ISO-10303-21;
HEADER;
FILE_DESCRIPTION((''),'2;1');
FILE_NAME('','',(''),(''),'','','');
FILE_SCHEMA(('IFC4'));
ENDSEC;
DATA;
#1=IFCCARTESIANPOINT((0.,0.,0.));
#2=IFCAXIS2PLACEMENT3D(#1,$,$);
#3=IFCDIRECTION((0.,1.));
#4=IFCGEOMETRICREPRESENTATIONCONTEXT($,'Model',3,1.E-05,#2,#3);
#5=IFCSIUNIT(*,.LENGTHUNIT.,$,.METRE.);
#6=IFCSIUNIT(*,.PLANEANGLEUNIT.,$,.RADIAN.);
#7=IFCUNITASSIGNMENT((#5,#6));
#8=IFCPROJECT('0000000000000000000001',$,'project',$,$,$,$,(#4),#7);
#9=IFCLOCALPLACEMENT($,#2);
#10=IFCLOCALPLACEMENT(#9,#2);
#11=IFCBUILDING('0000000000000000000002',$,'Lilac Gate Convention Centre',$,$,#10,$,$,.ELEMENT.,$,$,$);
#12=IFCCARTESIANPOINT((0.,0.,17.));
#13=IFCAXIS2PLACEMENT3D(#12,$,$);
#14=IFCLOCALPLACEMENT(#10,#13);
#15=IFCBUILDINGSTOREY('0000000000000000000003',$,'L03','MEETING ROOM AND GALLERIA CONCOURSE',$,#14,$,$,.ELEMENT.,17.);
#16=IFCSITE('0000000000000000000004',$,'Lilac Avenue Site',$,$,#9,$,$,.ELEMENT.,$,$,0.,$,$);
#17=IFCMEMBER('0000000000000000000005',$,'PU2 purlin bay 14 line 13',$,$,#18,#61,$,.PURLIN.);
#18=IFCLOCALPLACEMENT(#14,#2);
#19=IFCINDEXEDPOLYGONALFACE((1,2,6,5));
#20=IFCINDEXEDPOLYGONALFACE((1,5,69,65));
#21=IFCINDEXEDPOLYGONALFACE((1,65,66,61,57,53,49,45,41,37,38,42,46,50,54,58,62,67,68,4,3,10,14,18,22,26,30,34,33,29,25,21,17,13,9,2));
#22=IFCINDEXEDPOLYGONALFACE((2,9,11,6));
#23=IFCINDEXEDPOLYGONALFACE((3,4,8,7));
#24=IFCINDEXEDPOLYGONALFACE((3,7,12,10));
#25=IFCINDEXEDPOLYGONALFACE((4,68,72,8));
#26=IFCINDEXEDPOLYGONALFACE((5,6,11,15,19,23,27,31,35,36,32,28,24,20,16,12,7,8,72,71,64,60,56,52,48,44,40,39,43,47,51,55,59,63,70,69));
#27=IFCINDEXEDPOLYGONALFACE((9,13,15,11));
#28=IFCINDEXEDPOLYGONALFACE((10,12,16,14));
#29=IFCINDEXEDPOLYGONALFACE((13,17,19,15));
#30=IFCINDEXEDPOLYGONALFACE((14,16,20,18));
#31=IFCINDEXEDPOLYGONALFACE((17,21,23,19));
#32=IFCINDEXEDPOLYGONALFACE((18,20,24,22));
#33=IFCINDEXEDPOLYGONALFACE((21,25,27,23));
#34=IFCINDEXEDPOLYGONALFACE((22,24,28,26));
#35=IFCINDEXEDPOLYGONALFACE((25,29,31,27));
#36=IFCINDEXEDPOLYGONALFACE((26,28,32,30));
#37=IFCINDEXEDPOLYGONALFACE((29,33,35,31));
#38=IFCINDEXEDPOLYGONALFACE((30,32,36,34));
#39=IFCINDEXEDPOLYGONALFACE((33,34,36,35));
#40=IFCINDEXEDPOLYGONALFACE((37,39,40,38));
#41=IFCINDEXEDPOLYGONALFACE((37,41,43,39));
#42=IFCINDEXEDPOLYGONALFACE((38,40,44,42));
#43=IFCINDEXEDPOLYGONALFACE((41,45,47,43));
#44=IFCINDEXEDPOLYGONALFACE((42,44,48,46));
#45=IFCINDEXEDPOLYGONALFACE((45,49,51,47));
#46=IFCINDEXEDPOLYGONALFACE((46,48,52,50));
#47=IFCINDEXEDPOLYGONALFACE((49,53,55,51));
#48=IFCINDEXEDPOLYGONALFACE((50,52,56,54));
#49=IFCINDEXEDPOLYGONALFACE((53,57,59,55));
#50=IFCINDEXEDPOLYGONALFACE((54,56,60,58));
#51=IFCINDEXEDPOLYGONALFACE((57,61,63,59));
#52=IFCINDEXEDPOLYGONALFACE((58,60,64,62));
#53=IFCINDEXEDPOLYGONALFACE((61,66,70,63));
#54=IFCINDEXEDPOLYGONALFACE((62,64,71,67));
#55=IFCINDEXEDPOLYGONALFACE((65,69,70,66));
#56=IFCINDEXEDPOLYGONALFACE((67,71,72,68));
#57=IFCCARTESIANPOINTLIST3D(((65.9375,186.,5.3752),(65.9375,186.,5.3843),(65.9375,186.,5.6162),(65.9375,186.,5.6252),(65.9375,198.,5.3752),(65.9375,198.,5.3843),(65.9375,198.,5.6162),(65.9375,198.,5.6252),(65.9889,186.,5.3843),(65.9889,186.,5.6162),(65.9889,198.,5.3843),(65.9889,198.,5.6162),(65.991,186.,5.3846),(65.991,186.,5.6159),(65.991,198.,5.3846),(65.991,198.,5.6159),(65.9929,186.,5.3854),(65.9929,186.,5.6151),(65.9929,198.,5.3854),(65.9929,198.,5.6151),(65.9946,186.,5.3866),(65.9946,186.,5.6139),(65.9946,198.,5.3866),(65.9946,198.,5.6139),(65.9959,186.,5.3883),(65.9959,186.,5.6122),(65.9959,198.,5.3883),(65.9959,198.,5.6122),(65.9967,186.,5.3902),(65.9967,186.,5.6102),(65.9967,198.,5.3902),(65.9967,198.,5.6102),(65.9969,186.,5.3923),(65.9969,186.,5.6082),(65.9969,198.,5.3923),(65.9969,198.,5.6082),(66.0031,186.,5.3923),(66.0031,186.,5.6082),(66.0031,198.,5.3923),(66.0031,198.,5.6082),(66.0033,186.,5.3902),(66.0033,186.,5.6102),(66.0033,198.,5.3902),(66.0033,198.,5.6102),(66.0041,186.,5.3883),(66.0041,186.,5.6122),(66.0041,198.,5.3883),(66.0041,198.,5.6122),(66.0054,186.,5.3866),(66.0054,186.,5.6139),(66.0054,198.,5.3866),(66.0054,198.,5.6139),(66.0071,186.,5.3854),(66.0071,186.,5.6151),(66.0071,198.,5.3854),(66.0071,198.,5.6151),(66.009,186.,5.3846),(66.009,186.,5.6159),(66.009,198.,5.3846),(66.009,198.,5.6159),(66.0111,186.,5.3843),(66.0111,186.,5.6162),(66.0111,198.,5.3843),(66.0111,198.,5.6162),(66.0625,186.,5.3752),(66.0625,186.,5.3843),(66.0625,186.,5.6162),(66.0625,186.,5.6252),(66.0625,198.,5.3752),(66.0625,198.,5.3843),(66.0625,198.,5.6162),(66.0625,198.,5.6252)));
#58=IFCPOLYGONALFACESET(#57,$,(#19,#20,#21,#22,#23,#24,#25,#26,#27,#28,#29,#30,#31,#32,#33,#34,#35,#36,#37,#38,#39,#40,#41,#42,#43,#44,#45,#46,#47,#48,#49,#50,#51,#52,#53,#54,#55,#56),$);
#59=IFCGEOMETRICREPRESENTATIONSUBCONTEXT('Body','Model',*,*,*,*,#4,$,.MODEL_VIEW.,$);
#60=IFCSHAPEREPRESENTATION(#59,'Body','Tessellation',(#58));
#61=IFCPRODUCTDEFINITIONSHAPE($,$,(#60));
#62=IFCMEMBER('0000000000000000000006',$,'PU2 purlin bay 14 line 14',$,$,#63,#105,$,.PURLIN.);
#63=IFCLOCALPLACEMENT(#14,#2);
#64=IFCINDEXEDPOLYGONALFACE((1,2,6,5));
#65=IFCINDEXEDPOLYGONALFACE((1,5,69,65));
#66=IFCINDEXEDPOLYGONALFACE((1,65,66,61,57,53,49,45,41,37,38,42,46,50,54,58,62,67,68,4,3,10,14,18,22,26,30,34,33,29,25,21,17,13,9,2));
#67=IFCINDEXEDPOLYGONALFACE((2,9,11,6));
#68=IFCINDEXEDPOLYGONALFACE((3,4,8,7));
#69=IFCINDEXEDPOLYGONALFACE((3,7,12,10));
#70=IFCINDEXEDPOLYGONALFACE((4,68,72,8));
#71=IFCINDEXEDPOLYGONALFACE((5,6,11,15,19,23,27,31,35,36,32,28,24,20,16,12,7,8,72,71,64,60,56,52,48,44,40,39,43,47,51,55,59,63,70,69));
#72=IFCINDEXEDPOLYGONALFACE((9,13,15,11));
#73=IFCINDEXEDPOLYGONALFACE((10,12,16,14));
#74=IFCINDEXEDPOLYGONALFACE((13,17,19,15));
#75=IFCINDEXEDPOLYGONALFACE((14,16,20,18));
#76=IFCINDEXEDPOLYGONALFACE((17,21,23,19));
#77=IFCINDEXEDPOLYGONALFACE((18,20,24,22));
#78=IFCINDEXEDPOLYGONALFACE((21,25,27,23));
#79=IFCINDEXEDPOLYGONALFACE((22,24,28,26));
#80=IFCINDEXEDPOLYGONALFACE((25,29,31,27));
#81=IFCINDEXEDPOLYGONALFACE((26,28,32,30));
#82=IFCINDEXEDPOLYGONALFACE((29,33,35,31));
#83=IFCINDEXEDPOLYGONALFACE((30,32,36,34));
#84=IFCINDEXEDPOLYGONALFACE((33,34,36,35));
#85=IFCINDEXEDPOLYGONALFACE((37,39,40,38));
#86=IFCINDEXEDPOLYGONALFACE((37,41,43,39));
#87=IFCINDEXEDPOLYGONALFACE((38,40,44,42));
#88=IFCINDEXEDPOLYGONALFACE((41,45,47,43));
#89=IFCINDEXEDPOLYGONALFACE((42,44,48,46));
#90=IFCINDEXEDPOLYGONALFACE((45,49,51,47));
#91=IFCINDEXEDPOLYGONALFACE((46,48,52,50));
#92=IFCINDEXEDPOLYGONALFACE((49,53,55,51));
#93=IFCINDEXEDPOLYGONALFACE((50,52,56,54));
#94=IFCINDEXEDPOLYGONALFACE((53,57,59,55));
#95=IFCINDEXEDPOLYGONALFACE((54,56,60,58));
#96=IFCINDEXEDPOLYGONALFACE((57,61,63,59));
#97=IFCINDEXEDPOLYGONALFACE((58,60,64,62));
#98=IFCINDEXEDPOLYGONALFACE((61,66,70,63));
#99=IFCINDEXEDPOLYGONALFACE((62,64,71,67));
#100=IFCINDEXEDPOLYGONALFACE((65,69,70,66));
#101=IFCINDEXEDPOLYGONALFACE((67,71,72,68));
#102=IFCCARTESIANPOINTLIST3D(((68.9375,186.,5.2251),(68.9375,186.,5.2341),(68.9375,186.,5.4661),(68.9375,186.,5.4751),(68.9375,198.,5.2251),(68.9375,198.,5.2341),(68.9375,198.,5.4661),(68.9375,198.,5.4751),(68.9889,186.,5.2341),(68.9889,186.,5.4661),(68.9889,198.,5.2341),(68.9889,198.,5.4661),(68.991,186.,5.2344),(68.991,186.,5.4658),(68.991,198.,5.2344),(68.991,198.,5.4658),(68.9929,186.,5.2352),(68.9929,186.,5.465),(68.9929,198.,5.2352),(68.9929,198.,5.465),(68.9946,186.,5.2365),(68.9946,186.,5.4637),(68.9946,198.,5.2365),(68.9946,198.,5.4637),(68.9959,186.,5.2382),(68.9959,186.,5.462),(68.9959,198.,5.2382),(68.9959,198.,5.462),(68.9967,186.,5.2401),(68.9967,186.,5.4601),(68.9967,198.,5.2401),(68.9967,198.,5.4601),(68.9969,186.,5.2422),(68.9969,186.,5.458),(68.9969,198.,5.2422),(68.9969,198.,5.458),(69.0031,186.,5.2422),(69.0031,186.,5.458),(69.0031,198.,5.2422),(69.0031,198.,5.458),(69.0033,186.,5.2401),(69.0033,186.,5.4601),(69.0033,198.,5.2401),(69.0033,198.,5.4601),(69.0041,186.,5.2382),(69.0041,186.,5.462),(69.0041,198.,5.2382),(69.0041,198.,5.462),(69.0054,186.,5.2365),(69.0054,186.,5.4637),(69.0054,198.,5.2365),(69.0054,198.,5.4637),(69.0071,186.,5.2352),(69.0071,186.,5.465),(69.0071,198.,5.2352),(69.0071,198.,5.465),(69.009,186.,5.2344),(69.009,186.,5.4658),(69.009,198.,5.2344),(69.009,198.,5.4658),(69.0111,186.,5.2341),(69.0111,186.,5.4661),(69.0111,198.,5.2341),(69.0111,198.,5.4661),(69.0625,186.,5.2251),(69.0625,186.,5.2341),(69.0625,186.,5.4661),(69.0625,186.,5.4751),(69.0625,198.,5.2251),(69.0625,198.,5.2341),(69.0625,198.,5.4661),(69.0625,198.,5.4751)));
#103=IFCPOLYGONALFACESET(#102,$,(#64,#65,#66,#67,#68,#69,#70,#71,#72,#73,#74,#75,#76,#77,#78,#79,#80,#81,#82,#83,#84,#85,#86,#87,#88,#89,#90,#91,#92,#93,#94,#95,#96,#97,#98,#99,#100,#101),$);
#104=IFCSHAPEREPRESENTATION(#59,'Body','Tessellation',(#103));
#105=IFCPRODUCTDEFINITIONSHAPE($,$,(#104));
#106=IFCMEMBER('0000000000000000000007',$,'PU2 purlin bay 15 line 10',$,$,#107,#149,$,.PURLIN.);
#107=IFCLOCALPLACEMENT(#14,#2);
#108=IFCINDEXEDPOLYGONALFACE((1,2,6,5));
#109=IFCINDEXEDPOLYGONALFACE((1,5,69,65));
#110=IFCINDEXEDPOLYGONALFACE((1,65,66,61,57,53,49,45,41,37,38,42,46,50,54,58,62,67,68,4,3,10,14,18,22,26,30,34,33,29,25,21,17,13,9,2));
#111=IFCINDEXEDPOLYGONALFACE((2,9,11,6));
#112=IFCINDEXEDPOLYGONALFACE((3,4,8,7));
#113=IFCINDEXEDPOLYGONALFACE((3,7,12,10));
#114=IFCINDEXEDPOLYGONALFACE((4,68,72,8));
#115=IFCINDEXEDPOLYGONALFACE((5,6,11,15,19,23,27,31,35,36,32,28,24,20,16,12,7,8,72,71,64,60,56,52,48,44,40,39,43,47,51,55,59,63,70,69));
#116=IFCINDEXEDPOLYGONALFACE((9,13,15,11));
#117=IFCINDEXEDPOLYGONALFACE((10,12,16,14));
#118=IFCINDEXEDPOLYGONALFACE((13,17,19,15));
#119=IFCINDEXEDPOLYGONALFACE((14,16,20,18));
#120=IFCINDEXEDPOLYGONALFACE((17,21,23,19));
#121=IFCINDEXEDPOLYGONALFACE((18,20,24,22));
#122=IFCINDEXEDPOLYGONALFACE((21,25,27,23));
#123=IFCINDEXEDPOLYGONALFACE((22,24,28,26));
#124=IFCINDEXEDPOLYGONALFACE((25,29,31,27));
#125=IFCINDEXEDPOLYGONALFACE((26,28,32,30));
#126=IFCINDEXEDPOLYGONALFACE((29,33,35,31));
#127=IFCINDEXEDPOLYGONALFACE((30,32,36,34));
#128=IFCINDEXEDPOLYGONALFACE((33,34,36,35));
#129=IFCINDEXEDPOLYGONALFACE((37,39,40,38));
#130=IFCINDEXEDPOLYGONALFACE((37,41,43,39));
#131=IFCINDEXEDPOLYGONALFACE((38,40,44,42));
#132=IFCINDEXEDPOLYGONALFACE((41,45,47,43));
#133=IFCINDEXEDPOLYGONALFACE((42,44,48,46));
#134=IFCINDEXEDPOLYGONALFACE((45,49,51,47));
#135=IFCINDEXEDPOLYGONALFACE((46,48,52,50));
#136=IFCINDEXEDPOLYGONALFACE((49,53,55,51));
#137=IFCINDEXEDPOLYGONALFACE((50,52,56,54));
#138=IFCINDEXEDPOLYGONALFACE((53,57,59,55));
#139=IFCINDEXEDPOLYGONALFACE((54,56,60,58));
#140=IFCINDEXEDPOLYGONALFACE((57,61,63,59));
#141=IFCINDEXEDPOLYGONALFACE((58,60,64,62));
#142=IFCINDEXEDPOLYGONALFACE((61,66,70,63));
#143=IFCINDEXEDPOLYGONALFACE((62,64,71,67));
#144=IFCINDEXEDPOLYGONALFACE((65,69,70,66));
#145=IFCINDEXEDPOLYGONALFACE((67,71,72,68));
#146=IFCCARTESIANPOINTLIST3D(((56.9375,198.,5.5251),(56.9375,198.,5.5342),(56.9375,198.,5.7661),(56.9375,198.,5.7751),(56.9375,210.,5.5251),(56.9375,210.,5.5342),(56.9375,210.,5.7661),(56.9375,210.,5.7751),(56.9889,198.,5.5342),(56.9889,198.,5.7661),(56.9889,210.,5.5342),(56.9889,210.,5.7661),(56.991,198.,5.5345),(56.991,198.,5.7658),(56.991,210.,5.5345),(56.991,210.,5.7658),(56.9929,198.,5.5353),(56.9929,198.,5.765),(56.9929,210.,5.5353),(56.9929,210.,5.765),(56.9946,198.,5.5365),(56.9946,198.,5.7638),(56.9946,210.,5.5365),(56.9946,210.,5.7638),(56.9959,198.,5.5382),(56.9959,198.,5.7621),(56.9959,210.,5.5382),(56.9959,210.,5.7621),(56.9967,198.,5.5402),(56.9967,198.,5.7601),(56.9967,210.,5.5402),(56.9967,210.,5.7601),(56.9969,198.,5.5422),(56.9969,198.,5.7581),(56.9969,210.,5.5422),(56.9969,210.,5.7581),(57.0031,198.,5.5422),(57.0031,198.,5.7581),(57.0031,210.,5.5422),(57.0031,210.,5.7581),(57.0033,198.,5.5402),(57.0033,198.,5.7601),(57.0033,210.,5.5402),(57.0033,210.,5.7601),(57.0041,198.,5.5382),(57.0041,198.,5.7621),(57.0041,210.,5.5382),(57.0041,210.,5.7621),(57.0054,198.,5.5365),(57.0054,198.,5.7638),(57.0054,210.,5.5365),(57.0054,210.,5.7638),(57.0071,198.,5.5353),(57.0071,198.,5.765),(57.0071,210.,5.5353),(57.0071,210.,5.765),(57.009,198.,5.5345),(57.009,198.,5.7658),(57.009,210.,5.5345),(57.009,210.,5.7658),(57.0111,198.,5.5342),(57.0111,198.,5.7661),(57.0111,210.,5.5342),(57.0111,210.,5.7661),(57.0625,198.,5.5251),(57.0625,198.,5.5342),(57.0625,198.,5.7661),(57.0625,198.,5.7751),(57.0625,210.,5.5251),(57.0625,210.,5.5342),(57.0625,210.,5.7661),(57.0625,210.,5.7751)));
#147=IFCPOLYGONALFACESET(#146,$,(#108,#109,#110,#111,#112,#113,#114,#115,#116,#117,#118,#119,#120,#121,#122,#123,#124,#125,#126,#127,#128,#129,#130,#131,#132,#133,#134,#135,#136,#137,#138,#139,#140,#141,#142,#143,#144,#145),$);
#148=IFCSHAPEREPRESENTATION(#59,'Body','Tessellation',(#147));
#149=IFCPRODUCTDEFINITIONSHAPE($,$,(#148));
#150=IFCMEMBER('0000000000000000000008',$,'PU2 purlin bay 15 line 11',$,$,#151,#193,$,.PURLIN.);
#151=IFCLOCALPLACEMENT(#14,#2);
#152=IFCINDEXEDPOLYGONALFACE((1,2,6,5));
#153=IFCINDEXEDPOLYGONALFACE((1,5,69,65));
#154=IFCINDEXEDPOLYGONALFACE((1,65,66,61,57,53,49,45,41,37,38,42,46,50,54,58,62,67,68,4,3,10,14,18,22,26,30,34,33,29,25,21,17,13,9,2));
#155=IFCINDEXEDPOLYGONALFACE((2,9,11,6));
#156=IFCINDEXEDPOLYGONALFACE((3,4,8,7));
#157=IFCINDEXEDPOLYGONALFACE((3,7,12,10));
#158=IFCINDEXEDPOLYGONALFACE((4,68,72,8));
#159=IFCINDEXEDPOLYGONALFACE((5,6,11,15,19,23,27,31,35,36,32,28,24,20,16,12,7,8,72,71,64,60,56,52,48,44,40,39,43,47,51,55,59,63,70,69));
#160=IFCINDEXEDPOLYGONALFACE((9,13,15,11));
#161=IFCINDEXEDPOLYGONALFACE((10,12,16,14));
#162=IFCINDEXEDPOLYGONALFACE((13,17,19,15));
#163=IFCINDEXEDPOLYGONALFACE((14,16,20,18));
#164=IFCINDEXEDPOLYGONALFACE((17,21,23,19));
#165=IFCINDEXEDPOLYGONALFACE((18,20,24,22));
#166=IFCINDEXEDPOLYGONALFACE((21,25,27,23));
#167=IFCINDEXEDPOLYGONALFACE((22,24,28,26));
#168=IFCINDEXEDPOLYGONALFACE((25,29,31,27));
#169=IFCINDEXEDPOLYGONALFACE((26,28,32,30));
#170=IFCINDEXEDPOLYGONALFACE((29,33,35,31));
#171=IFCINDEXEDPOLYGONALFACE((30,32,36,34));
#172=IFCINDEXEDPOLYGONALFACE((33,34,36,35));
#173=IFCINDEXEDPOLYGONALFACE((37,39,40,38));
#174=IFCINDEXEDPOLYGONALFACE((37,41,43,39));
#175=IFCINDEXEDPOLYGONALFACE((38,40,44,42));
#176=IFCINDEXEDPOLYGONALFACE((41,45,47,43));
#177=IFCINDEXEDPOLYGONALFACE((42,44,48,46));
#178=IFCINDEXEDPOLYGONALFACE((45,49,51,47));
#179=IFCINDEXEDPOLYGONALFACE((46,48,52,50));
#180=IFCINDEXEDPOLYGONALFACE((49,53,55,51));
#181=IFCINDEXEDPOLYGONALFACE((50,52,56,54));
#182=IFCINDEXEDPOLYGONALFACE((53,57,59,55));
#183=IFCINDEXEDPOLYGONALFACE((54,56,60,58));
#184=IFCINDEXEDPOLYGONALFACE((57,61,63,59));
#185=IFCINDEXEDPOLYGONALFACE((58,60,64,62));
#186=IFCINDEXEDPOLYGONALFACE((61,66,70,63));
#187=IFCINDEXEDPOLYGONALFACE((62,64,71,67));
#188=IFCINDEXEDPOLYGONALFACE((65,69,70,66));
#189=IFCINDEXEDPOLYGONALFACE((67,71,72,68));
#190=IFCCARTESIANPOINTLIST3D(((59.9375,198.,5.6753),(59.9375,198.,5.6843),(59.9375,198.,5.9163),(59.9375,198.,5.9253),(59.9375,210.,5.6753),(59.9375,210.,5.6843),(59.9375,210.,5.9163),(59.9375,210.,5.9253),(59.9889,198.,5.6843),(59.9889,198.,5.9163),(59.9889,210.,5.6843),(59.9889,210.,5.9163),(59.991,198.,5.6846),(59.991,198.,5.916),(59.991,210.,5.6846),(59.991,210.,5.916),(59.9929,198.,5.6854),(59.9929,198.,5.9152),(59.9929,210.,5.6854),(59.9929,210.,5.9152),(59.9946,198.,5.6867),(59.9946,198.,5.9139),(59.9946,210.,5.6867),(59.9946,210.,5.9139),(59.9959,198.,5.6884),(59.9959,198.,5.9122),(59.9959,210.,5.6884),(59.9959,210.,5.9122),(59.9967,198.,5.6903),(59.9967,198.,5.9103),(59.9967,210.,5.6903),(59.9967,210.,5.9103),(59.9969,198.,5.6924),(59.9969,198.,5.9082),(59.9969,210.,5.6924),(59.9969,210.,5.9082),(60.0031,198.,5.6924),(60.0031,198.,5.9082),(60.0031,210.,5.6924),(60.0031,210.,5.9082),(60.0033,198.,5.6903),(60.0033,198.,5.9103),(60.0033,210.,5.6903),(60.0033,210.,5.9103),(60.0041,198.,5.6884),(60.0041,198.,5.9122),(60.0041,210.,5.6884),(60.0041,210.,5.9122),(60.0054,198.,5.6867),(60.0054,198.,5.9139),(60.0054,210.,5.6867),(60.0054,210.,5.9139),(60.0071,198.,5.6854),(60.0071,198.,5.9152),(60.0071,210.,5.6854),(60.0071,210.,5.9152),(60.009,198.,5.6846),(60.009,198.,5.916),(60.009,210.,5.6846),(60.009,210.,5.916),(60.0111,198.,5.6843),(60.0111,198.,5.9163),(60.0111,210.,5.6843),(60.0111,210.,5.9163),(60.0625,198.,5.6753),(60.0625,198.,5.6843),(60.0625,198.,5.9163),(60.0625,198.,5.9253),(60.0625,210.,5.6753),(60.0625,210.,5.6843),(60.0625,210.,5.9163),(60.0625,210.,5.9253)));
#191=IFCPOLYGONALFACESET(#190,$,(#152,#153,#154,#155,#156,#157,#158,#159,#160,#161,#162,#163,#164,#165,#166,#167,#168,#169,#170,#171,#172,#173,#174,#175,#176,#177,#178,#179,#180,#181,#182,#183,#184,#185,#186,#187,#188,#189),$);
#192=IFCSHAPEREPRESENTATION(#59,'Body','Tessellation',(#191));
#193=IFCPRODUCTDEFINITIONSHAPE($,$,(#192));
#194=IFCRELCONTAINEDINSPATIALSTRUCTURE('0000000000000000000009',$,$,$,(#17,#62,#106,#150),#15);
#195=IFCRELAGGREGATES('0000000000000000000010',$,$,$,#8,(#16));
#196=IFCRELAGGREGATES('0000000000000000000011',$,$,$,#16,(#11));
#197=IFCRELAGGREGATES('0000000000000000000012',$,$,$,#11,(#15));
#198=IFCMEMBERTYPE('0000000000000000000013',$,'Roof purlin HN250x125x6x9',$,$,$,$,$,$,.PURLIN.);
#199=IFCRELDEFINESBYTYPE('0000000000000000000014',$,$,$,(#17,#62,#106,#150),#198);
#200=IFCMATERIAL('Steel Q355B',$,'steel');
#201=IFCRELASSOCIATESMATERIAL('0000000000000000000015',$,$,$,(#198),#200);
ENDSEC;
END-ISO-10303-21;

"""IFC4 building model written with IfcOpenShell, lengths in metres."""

from ifc_helpers import new_model, si_unit, direction, frame, origin, origin_2d, place, context, subcontext, project, spatial, i_section, extrude, material, material_profile, profile_set, type_object, element, save


model = new_model("IFC4")

# Units and contexts
model_context = context("Model", 3, precision=1e-05, world=origin(), true_north=direction((0.0, 1.0)))
body_context = subcontext(model_context, "Body", "Model", "MODEL_VIEW")
ifc_project = project(units=[si_unit("LENGTHUNIT", "METRE"), si_unit("PLANEANGLEUNIT", "RADIAN")], contexts=[model_context])

# Site, building, storey
site_placement = place(None, origin())
site = spatial("IfcSite", under=ifc_project, at=site_placement, Name="Lilac Avenue Site", CompositionType="ELEMENT", RefElevation=0.0)
building_placement = place(site_placement, origin())
building = spatial("IfcBuilding", under=site, at=building_placement, Name="Lilac Gate Convention Centre", CompositionType="ELEMENT")
storey_placement = place(building_placement, frame((0.0, 0.0, 17.0)))
storey = spatial("IfcBuildingStorey", under=building, at=storey_placement, Name="L03", Description="MEETING ROOM AND GALLERIA CONCOURSE", CompositionType="ELEMENT", Elevation=17.0)

# Members
ifc_material = material(Name="Steel Q355B", Category="steel")
ifc_material_profile_1 = material_profile(ifc_material, i_section(OverallWidth=0.125, OverallDepth=0.25, WebThickness=0.0061, FlangeThickness=0.009, FilletRadius=0.0081, at=origin_2d()), Name="HN250x125x6x9")
ifc_profile_set_1 = profile_set([ifc_material_profile_1], Name="Steel Q355B")
member_type_1 = type_object("IfcMemberType", Name="Roof purlin HN250x125x6x9", PredefinedType="PURLIN", material=ifc_profile_set_1)
for number, where, z_axis, x_axis, name in (
    (1, (66.0, 186.0, 5.5002), (0.0, 1.0, 0.0), (-1.0, 0.0, 0.0), "PU2 purlin bay 14 line 13"),
    (2, (69.0, 186.0, 5.3501), (0.0, 1.0, 0.0), (-1.0, 0.0, 0.0), "PU2 purlin bay 14 line 14"),
    (3, (57.0, 198.0, 5.6501), (0.0, 1.0, 0.0), (-1.0, 0.0, 0.0), "PU2 purlin bay 15 line 10"),
    (4, (60.0, 198.0, 5.8003), (0.0, 1.0, 0.0), (-1.0, 0.0, 0.0), "PU2 purlin bay 15 line 11"),
):
    element("IfcMember", number, at=place(storey_placement, frame(where, z_axis=z_axis, x_axis=x_axis)), inside=storey, type_object=member_type_1, Name=name, PredefinedType="PURLIN", context=body_context, shape_type="SweptSolid", body=[
        extrude(i_section(OverallWidth=0.125, OverallDepth=0.25, WebThickness=0.0061, FlangeThickness=0.009, FilletRadius=0.0081, at=origin_2d()), origin(), (0.0, 0.0, 1.0), 12.0),
    ])

save(model, "model.ifc")
